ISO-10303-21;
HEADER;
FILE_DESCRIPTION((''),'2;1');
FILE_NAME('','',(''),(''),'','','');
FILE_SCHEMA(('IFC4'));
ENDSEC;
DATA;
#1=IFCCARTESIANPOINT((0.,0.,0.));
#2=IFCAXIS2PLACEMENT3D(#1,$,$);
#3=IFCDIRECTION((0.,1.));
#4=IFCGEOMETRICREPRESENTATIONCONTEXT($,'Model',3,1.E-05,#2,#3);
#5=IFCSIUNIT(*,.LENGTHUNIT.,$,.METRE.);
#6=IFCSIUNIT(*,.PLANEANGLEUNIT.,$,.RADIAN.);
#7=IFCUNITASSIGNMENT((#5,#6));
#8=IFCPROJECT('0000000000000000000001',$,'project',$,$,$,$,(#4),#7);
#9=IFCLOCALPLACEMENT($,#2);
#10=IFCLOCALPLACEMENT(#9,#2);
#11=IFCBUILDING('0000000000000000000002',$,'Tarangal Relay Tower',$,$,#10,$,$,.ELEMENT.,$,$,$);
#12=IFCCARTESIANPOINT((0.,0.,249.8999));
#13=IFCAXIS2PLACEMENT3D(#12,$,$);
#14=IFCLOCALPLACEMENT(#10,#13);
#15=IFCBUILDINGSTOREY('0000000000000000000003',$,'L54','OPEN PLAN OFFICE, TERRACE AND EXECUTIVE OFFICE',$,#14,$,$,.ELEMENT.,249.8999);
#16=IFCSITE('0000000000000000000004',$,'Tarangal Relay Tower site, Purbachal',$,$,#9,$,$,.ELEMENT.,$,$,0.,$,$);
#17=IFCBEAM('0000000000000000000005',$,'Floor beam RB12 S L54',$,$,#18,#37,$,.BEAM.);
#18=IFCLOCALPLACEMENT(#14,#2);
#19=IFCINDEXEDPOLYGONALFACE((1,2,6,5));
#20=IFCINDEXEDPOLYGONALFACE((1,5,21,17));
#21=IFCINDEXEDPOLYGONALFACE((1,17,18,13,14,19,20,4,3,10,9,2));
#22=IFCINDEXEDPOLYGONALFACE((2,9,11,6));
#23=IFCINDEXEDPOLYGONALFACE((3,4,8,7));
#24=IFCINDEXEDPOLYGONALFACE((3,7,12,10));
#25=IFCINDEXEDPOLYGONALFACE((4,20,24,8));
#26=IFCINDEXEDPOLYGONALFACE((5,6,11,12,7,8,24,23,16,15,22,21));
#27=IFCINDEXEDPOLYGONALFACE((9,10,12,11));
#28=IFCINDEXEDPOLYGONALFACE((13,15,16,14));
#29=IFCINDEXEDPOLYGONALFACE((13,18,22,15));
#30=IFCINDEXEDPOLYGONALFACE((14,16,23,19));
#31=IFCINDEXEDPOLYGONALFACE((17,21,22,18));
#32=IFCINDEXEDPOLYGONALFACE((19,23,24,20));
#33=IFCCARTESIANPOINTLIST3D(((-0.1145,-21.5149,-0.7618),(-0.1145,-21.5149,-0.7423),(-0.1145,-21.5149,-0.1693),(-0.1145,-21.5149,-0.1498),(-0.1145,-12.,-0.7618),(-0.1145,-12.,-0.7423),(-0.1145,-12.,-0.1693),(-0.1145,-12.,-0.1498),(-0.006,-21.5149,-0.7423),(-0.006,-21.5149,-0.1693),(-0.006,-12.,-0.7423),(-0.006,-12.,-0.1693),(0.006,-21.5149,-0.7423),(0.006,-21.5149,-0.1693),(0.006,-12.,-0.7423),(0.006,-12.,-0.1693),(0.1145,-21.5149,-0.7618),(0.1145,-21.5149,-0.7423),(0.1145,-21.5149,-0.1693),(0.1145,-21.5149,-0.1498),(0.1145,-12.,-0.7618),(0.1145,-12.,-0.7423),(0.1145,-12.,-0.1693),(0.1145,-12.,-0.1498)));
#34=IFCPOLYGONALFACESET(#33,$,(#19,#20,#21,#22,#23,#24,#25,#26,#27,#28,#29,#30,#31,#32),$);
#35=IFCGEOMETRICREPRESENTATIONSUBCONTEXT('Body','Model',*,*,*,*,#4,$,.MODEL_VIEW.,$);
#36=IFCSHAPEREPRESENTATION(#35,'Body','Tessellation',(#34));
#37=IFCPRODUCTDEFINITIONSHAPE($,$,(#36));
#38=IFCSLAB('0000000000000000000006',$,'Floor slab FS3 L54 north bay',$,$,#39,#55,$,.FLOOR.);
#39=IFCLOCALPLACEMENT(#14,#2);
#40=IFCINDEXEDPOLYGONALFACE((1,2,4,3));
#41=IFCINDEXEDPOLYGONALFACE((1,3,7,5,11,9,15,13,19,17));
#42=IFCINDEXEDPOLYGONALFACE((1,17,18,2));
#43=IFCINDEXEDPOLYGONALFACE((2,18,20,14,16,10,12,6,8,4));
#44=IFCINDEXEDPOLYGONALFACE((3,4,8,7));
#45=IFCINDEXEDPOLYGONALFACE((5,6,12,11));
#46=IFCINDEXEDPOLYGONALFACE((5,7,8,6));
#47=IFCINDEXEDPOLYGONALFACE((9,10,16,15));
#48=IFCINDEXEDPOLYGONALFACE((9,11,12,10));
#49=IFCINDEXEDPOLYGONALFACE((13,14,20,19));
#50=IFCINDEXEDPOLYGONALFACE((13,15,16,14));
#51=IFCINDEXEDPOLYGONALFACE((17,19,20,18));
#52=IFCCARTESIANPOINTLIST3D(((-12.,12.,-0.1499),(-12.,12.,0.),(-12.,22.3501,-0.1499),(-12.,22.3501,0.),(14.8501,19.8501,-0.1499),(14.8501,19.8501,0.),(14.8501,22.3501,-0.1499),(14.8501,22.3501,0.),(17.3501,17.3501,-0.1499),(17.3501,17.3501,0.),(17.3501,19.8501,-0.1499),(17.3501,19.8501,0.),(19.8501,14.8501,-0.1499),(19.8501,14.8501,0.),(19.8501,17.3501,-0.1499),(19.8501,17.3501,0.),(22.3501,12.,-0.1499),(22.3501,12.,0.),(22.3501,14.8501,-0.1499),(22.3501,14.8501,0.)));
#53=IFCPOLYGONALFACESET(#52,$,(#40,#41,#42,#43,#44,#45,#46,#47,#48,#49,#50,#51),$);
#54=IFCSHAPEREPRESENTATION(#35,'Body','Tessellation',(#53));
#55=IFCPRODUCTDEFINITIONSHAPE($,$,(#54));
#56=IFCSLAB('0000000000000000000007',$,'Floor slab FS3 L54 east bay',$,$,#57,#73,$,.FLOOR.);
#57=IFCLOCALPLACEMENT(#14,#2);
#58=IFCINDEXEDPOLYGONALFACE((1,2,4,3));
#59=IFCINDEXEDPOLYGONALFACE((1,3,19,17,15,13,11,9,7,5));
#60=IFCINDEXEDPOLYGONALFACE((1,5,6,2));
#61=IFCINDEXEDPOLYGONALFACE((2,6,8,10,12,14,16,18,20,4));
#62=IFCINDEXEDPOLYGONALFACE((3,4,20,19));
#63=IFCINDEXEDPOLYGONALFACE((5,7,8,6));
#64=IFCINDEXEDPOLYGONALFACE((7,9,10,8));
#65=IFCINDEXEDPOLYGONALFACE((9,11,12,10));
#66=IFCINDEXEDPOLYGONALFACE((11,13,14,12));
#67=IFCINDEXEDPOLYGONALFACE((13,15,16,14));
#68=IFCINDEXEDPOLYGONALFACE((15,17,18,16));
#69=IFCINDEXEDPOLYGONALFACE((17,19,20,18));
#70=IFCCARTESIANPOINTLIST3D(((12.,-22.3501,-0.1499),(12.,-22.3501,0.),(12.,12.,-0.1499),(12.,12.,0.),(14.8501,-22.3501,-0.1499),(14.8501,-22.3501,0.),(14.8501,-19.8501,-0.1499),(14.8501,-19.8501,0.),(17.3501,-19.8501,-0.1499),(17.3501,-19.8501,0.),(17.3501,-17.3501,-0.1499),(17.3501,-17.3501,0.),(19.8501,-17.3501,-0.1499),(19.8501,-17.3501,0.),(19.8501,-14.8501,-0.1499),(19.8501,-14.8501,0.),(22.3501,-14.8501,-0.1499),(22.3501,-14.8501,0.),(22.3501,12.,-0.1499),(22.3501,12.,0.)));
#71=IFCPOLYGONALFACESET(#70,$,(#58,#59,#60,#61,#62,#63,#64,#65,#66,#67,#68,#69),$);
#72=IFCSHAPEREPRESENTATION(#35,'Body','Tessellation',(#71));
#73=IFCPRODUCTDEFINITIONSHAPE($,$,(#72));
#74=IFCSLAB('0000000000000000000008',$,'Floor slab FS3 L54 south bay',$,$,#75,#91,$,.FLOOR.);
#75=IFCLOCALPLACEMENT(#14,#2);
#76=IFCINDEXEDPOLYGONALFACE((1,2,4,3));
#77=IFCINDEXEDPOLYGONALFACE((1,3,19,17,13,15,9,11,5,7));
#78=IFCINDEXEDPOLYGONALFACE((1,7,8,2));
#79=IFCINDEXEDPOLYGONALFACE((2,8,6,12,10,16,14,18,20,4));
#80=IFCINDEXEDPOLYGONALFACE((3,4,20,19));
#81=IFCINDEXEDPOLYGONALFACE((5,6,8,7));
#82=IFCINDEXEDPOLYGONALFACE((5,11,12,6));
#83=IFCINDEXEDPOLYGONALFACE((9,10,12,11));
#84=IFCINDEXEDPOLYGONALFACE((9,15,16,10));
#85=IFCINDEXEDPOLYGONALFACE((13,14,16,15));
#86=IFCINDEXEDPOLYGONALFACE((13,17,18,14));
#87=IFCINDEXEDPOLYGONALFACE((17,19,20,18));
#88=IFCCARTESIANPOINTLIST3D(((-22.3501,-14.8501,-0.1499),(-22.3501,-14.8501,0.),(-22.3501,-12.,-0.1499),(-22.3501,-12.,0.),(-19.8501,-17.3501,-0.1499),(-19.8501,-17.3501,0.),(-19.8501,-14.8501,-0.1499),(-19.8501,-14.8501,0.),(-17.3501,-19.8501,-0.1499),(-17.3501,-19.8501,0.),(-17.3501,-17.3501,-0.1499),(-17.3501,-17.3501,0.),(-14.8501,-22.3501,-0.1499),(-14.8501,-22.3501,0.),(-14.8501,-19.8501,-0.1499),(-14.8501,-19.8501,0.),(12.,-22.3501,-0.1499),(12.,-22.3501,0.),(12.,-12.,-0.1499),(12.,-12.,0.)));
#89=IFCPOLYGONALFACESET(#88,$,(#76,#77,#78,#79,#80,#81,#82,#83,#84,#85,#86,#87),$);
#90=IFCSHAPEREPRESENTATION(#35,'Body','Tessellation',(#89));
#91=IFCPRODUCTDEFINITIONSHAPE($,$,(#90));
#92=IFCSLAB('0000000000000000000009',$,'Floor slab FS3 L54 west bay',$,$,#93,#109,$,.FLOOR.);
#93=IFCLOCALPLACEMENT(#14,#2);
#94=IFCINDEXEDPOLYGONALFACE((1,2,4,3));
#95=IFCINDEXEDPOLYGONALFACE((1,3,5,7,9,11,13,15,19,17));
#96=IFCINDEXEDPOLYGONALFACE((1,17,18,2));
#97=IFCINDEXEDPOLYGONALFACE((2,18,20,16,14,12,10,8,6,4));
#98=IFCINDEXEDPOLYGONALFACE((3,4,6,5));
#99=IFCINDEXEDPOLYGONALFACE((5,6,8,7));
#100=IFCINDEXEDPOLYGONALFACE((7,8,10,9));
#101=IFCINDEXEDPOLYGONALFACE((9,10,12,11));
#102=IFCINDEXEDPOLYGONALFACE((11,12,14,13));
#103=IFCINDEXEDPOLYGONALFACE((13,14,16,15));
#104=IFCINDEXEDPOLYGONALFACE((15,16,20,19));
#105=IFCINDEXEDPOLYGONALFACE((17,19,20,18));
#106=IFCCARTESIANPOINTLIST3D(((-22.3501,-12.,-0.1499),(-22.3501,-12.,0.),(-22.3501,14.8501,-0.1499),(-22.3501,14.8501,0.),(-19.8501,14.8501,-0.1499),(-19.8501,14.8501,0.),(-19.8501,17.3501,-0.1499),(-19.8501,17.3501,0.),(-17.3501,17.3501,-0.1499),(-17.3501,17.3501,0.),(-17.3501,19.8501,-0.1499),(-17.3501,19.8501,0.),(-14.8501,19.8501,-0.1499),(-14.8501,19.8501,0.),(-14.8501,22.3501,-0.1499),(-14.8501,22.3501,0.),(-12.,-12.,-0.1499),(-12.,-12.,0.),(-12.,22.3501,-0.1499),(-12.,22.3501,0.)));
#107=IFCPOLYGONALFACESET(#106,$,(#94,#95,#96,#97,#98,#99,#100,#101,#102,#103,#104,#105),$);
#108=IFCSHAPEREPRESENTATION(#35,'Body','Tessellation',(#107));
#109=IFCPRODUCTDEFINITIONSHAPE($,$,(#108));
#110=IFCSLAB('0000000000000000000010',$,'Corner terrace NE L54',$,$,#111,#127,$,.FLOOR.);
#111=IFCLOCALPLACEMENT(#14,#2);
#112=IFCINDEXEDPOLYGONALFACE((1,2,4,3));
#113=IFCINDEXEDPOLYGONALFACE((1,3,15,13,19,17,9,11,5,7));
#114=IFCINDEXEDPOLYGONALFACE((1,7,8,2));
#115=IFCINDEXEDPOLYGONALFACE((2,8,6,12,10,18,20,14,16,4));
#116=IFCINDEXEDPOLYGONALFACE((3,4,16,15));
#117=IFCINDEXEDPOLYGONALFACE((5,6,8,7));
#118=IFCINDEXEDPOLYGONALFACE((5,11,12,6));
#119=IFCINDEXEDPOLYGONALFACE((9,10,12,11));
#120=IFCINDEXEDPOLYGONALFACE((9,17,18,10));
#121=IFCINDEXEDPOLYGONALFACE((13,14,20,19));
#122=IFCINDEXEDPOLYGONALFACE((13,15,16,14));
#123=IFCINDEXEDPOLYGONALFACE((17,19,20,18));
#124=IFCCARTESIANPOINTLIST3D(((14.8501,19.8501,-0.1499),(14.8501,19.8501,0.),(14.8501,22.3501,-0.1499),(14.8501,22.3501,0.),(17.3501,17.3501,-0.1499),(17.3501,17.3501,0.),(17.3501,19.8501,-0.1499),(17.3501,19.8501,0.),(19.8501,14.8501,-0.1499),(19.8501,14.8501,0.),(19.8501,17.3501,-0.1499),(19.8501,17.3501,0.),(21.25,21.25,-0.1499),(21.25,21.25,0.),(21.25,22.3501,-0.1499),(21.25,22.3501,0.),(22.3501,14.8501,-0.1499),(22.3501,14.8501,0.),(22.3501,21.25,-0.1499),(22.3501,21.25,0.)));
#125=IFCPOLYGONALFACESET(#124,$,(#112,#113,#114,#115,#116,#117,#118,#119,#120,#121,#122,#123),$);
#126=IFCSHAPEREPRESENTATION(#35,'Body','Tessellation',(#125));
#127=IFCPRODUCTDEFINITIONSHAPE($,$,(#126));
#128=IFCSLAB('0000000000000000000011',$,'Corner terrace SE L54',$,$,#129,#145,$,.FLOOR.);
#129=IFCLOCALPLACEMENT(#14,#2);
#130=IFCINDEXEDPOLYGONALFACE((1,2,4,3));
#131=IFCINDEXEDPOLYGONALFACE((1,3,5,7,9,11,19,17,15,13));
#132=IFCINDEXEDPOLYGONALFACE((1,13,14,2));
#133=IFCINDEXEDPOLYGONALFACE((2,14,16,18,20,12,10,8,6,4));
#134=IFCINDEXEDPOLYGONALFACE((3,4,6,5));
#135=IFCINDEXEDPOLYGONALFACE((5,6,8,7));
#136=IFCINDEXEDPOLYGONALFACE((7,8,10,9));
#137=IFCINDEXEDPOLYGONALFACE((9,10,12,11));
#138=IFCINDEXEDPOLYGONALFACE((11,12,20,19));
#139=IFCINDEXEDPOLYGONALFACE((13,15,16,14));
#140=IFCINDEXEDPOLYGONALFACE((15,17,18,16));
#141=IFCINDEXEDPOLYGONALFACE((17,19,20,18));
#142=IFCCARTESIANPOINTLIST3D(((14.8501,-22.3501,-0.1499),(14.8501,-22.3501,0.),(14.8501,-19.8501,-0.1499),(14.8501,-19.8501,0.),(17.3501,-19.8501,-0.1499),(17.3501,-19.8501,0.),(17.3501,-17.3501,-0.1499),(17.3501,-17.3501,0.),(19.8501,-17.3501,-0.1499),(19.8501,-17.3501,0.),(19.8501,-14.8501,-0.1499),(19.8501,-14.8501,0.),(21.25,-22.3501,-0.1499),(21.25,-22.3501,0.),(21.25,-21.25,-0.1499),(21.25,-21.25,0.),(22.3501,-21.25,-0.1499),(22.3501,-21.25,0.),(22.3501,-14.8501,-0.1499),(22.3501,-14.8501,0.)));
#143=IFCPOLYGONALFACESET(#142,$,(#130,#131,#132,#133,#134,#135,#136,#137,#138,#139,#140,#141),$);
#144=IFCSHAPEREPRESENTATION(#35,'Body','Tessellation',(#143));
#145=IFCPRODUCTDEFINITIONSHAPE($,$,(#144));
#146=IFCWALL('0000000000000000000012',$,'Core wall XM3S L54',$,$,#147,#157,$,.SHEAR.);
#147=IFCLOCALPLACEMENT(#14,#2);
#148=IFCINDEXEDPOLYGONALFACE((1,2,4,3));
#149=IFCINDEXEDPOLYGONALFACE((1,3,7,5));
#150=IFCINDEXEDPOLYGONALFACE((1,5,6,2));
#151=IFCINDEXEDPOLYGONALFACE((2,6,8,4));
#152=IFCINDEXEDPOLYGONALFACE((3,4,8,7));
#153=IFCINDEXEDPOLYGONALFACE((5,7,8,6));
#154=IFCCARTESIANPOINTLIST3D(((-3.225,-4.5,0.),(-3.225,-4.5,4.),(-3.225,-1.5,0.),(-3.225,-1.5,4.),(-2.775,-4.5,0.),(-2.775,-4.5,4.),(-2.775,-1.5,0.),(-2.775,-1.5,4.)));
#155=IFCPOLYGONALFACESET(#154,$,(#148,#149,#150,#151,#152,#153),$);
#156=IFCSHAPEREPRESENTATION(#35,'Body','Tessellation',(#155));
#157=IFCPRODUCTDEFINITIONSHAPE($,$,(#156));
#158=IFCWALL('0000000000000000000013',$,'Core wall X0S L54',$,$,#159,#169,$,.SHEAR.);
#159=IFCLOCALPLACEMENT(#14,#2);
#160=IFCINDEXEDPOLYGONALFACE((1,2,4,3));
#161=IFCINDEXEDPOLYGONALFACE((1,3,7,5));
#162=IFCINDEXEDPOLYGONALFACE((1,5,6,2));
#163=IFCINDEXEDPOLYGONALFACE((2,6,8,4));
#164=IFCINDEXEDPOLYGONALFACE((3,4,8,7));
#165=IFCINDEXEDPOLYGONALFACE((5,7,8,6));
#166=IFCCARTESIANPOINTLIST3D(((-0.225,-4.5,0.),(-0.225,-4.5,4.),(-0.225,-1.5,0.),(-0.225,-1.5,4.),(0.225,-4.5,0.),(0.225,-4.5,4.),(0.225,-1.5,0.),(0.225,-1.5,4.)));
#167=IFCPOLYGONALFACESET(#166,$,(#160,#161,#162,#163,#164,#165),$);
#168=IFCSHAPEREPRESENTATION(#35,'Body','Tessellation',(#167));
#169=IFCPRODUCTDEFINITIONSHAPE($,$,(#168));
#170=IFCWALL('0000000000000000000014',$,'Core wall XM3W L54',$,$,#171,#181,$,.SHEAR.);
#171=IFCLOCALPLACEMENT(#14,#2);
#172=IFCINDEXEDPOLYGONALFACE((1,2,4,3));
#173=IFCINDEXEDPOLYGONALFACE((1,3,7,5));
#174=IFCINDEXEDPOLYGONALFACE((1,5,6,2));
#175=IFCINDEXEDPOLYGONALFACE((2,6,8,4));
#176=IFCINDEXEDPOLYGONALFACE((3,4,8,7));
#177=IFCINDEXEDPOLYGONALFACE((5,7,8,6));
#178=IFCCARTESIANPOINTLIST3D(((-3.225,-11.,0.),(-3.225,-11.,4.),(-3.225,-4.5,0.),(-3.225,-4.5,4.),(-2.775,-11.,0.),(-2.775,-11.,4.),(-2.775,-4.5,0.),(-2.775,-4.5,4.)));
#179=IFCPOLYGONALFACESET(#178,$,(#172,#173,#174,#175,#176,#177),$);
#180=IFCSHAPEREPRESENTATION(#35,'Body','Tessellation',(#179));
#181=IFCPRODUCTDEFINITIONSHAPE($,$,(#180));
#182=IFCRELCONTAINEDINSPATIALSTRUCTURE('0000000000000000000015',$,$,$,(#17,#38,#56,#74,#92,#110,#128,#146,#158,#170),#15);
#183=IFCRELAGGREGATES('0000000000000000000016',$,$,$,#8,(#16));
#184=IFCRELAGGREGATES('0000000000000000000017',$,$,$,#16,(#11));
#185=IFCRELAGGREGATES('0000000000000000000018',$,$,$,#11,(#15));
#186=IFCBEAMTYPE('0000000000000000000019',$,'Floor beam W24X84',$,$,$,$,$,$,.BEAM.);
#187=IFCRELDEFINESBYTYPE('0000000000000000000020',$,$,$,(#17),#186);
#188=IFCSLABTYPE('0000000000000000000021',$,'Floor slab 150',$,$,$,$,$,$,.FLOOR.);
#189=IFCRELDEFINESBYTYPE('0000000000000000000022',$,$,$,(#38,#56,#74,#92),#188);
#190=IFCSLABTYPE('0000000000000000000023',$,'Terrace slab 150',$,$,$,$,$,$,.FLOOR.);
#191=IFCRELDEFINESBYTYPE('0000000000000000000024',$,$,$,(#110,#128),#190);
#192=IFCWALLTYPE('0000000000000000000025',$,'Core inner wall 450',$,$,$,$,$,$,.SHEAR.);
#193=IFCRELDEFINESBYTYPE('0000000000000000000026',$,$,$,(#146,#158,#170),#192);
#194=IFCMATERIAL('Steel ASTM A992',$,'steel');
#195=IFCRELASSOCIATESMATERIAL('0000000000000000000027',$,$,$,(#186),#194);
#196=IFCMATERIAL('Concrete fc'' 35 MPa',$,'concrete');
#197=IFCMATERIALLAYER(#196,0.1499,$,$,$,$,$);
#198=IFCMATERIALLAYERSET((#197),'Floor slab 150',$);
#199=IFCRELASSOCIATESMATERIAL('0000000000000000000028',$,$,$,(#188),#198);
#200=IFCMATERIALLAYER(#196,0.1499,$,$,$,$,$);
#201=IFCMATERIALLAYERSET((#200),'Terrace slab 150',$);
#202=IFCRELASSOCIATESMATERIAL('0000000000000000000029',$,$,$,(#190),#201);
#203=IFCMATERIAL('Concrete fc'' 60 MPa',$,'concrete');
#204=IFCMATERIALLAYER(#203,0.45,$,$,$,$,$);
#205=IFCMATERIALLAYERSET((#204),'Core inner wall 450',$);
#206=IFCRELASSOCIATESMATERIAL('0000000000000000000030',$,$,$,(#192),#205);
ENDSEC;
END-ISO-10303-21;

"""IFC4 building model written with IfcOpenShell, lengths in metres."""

from ifc_helpers import new_model, si_unit, direction, frame, frame_2d, origin, origin_2d, place, context, subcontext, project, spatial, polyline, rectangle, i_section, outline, extrude, material, layer, layer_set, material_profile, profile_set, type_object, element, save


model = new_model("IFC4")

# Units and contexts
model_context = context("Model", 3, precision=1e-05, world=origin(), true_north=direction((0.0, 1.0)))
body_context = subcontext(model_context, "Body", "Model", "MODEL_VIEW")
ifc_project = project(units=[si_unit("LENGTHUNIT", "METRE"), si_unit("PLANEANGLEUNIT", "RADIAN")], contexts=[model_context])

# Site, building, storey
site_placement = place(None, origin())
site = spatial("IfcSite", under=ifc_project, at=site_placement, Name="Tarangal Relay Tower site, Purbachal", CompositionType="ELEMENT", RefElevation=0.0)
building_placement = place(site_placement, origin())
building = spatial("IfcBuilding", under=site, at=building_placement, Name="Tarangal Relay Tower", CompositionType="ELEMENT")
storey_placement = place(building_placement, frame((0.0, 0.0, 249.8999)))
storey = spatial("IfcBuildingStorey", under=building, at=storey_placement, Name="L54", Description="OPEN PLAN OFFICE, TERRACE AND EXECUTIVE OFFICE", CompositionType="ELEMENT", Elevation=249.8999)

# Beam
ifc_material_1 = material(Name="Steel ASTM A992", Category="steel")
ifc_material_profile = material_profile(ifc_material_1, i_section(OverallWidth=0.229, OverallDepth=0.6121, WebThickness=0.012, FlangeThickness=0.0195, at=origin_2d()), Name="W24X84")
ifc_profile_set = profile_set([ifc_material_profile], Name="Steel ASTM A992")
beam_type = type_object("IfcBeamType", Name="Floor beam W24X84", PredefinedType="BEAM", material=ifc_profile_set)
beam_placement = place(storey_placement, frame((0.0, -12.0, -0.4558), z_axis=(0.0, -1.0, 0.0), x_axis=(1.0, 0.0, 0.0)))
element("IfcBeam", 1, at=beam_placement, inside=storey, type_object=beam_type, Name="Floor beam RB12 S L54", PredefinedType="BEAM", context=body_context, shape_type="SweptSolid", body=[
    extrude(i_section(OverallWidth=0.229, OverallDepth=0.6121, WebThickness=0.012, FlangeThickness=0.0195, at=origin_2d()), origin(), (0.0, 0.0, 1.0), 9.5149),
])

# Slabs
ifc_material_2 = material(Name="Concrete fc' 35 MPa", Category="concrete")
ifc_layer_1 = layer(ifc_material_2, 0.1499)
ifc_layer_set_1 = layer_set([ifc_layer_1], Name="Floor slab 150")
slab_type_1 = type_object("IfcSlabType", Name="Floor slab 150", PredefinedType="FLOOR", material=ifc_layer_set_1)
slab_1_placement = place(storey_placement, frame((0.0, 0.0, -0.1499)))
element("IfcSlab", 2, at=slab_1_placement, inside=storey, type_object=slab_type_1, Name="Floor slab FS3 L54 north bay", PredefinedType="FLOOR", context=body_context, shape_type="SweptSolid", body=[
    extrude(outline(polyline([(14.8501, 22.3501), (14.8501, 19.8501), (17.3501, 19.8501), (17.3501, 17.3501), (19.8501, 17.3501), (19.8501, 14.8501), (22.3501, 14.8501), (22.3501, 12.0), (-12.0, 12.0), (-12.0, 22.3501), (14.8501, 22.3501)])), origin(), (0.0, 0.0, 1.0), 0.1499),
])
slab_2_placement = place(storey_placement, frame((0.0, 0.0, -0.1499)))
element("IfcSlab", 3, at=slab_2_placement, inside=storey, type_object=slab_type_1, Name="Floor slab FS3 L54 east bay", PredefinedType="FLOOR", context=body_context, shape_type="SweptSolid", body=[
    extrude(outline(polyline([(22.3501, -14.8501), (19.8501, -14.8501), (19.8501, -17.3501), (17.3501, -17.3501), (17.3501, -19.8501), (14.8501, -19.8501), (14.8501, -22.3501), (12.0, -22.3501), (12.0, 12.0), (22.3501, 12.0), (22.3501, -14.8501)])), origin(), (0.0, 0.0, 1.0), 0.1499),
])
slab_3_placement = place(storey_placement, frame((0.0, 0.0, -0.1499)))
element("IfcSlab", 4, at=slab_3_placement, inside=storey, type_object=slab_type_1, Name="Floor slab FS3 L54 south bay", PredefinedType="FLOOR", context=body_context, shape_type="SweptSolid", body=[
    extrude(outline(polyline([(-14.8501, -22.3501), (-14.8501, -19.8501), (-17.3501, -19.8501), (-17.3501, -17.3501), (-19.8501, -17.3501), (-19.8501, -14.8501), (-22.3501, -14.8501), (-22.3501, -12.0), (12.0, -12.0), (12.0, -22.3501), (-14.8501, -22.3501)])), origin(), (0.0, 0.0, 1.0), 0.1499),
])
slab_4_placement = place(storey_placement, frame((0.0, 0.0, -0.1499)))
element("IfcSlab", 5, at=slab_4_placement, inside=storey, type_object=slab_type_1, Name="Floor slab FS3 L54 west bay", PredefinedType="FLOOR", context=body_context, shape_type="SweptSolid", body=[
    extrude(outline(polyline([(-12.0, 22.3501), (-12.0, -12.0), (-22.3501, -12.0), (-22.3501, 14.8501), (-19.8501, 14.8501), (-19.8501, 17.3501), (-17.3501, 17.3501), (-17.3501, 19.8501), (-14.8501, 19.8501), (-14.8501, 22.3501), (-12.0, 22.3501)])), origin(), (0.0, 0.0, 1.0), 0.1499),
])
ifc_layer_2 = layer(ifc_material_2, 0.1499)
ifc_layer_set_2 = layer_set([ifc_layer_2], Name="Terrace slab 150")
slab_type_2 = type_object("IfcSlabType", Name="Terrace slab 150", PredefinedType="FLOOR", material=ifc_layer_set_2)
slab_5_placement = place(storey_placement, frame((0.0, 0.0, -0.1499)))
element("IfcSlab", 6, at=slab_5_placement, inside=storey, type_object=slab_type_2, Name="Corner terrace NE L54", PredefinedType="FLOOR", context=body_context, shape_type="SweptSolid", body=[
    extrude(outline(polyline([(14.8501, 22.3501), (14.8501, 19.8501), (17.3501, 19.8501), (17.3501, 17.3501), (19.8501, 17.3501), (19.8501, 14.8501), (22.3501, 14.8501), (22.3501, 21.25), (21.25, 21.25), (21.25, 22.3501), (14.8501, 22.3501)])), origin(), (0.0, 0.0, 1.0), 0.1499),
])
slab_6_placement = place(storey_placement, frame((0.0, 0.0, -0.1499)))
element("IfcSlab", 7, at=slab_6_placement, inside=storey, type_object=slab_type_2, Name="Corner terrace SE L54", PredefinedType="FLOOR", context=body_context, shape_type="SweptSolid", body=[
    extrude(outline(polyline([(22.3501, -14.8501), (19.8501, -14.8501), (19.8501, -17.3501), (17.3501, -17.3501), (17.3501, -19.8501), (14.8501, -19.8501), (14.8501, -22.3501), (21.25, -22.3501), (21.25, -21.25), (22.3501, -21.25), (22.3501, -14.8501)])), origin(), (0.0, 0.0, 1.0), 0.1499),
])

# Walls
ifc_material_3 = material(Name="Concrete fc' 60 MPa", Category="concrete")
ifc_layer_3 = layer(ifc_material_3, 0.45)
ifc_layer_set_3 = layer_set([ifc_layer_3], Name="Core inner wall 450")
wall_type = type_object("IfcWallType", Name="Core inner wall 450", PredefinedType="SHEAR", material=ifc_layer_set_3)
for number, where, z_axis, x_axis, name in (
    (8, (-3.0, -4.5, 0.0), (0.0, 0.0, 1.0), (0.0, 1.0, 0.0), "Core wall XM3S L54"),
    (9, (0.0, -4.5, 0.0), (0.0, 0.0, 1.0), (0.0, 1.0, 0.0), "Core wall X0S L54"),
):
    element("IfcWall", number, at=place(storey_placement, frame(where, z_axis=z_axis, x_axis=x_axis)), inside=storey, type_object=wall_type, Name=name, PredefinedType="SHEAR", context=body_context, shape_type="SweptSolid", body=[
        extrude(rectangle(XDim=3.0, YDim=0.45, at=frame_2d((1.5, 0.0))), origin(), (0.0, 0.0, 1.0), 4.0),
    ])
wall_placement = place(storey_placement, frame((-3.0, -11.0, 0.0), z_axis=(0.0, 0.0, 1.0), x_axis=(0.0, 1.0, 0.0)))
element("IfcWall", 10, at=wall_placement, inside=storey, type_object=wall_type, Name="Core wall XM3W L54", PredefinedType="SHEAR", context=body_context, shape_type="SweptSolid", body=[
    extrude(rectangle(XDim=6.5, YDim=0.45, at=frame_2d((3.25, 0.0))), origin(), (0.0, 0.0, 1.0), 4.0),
])

save(model, "model.ifc")
